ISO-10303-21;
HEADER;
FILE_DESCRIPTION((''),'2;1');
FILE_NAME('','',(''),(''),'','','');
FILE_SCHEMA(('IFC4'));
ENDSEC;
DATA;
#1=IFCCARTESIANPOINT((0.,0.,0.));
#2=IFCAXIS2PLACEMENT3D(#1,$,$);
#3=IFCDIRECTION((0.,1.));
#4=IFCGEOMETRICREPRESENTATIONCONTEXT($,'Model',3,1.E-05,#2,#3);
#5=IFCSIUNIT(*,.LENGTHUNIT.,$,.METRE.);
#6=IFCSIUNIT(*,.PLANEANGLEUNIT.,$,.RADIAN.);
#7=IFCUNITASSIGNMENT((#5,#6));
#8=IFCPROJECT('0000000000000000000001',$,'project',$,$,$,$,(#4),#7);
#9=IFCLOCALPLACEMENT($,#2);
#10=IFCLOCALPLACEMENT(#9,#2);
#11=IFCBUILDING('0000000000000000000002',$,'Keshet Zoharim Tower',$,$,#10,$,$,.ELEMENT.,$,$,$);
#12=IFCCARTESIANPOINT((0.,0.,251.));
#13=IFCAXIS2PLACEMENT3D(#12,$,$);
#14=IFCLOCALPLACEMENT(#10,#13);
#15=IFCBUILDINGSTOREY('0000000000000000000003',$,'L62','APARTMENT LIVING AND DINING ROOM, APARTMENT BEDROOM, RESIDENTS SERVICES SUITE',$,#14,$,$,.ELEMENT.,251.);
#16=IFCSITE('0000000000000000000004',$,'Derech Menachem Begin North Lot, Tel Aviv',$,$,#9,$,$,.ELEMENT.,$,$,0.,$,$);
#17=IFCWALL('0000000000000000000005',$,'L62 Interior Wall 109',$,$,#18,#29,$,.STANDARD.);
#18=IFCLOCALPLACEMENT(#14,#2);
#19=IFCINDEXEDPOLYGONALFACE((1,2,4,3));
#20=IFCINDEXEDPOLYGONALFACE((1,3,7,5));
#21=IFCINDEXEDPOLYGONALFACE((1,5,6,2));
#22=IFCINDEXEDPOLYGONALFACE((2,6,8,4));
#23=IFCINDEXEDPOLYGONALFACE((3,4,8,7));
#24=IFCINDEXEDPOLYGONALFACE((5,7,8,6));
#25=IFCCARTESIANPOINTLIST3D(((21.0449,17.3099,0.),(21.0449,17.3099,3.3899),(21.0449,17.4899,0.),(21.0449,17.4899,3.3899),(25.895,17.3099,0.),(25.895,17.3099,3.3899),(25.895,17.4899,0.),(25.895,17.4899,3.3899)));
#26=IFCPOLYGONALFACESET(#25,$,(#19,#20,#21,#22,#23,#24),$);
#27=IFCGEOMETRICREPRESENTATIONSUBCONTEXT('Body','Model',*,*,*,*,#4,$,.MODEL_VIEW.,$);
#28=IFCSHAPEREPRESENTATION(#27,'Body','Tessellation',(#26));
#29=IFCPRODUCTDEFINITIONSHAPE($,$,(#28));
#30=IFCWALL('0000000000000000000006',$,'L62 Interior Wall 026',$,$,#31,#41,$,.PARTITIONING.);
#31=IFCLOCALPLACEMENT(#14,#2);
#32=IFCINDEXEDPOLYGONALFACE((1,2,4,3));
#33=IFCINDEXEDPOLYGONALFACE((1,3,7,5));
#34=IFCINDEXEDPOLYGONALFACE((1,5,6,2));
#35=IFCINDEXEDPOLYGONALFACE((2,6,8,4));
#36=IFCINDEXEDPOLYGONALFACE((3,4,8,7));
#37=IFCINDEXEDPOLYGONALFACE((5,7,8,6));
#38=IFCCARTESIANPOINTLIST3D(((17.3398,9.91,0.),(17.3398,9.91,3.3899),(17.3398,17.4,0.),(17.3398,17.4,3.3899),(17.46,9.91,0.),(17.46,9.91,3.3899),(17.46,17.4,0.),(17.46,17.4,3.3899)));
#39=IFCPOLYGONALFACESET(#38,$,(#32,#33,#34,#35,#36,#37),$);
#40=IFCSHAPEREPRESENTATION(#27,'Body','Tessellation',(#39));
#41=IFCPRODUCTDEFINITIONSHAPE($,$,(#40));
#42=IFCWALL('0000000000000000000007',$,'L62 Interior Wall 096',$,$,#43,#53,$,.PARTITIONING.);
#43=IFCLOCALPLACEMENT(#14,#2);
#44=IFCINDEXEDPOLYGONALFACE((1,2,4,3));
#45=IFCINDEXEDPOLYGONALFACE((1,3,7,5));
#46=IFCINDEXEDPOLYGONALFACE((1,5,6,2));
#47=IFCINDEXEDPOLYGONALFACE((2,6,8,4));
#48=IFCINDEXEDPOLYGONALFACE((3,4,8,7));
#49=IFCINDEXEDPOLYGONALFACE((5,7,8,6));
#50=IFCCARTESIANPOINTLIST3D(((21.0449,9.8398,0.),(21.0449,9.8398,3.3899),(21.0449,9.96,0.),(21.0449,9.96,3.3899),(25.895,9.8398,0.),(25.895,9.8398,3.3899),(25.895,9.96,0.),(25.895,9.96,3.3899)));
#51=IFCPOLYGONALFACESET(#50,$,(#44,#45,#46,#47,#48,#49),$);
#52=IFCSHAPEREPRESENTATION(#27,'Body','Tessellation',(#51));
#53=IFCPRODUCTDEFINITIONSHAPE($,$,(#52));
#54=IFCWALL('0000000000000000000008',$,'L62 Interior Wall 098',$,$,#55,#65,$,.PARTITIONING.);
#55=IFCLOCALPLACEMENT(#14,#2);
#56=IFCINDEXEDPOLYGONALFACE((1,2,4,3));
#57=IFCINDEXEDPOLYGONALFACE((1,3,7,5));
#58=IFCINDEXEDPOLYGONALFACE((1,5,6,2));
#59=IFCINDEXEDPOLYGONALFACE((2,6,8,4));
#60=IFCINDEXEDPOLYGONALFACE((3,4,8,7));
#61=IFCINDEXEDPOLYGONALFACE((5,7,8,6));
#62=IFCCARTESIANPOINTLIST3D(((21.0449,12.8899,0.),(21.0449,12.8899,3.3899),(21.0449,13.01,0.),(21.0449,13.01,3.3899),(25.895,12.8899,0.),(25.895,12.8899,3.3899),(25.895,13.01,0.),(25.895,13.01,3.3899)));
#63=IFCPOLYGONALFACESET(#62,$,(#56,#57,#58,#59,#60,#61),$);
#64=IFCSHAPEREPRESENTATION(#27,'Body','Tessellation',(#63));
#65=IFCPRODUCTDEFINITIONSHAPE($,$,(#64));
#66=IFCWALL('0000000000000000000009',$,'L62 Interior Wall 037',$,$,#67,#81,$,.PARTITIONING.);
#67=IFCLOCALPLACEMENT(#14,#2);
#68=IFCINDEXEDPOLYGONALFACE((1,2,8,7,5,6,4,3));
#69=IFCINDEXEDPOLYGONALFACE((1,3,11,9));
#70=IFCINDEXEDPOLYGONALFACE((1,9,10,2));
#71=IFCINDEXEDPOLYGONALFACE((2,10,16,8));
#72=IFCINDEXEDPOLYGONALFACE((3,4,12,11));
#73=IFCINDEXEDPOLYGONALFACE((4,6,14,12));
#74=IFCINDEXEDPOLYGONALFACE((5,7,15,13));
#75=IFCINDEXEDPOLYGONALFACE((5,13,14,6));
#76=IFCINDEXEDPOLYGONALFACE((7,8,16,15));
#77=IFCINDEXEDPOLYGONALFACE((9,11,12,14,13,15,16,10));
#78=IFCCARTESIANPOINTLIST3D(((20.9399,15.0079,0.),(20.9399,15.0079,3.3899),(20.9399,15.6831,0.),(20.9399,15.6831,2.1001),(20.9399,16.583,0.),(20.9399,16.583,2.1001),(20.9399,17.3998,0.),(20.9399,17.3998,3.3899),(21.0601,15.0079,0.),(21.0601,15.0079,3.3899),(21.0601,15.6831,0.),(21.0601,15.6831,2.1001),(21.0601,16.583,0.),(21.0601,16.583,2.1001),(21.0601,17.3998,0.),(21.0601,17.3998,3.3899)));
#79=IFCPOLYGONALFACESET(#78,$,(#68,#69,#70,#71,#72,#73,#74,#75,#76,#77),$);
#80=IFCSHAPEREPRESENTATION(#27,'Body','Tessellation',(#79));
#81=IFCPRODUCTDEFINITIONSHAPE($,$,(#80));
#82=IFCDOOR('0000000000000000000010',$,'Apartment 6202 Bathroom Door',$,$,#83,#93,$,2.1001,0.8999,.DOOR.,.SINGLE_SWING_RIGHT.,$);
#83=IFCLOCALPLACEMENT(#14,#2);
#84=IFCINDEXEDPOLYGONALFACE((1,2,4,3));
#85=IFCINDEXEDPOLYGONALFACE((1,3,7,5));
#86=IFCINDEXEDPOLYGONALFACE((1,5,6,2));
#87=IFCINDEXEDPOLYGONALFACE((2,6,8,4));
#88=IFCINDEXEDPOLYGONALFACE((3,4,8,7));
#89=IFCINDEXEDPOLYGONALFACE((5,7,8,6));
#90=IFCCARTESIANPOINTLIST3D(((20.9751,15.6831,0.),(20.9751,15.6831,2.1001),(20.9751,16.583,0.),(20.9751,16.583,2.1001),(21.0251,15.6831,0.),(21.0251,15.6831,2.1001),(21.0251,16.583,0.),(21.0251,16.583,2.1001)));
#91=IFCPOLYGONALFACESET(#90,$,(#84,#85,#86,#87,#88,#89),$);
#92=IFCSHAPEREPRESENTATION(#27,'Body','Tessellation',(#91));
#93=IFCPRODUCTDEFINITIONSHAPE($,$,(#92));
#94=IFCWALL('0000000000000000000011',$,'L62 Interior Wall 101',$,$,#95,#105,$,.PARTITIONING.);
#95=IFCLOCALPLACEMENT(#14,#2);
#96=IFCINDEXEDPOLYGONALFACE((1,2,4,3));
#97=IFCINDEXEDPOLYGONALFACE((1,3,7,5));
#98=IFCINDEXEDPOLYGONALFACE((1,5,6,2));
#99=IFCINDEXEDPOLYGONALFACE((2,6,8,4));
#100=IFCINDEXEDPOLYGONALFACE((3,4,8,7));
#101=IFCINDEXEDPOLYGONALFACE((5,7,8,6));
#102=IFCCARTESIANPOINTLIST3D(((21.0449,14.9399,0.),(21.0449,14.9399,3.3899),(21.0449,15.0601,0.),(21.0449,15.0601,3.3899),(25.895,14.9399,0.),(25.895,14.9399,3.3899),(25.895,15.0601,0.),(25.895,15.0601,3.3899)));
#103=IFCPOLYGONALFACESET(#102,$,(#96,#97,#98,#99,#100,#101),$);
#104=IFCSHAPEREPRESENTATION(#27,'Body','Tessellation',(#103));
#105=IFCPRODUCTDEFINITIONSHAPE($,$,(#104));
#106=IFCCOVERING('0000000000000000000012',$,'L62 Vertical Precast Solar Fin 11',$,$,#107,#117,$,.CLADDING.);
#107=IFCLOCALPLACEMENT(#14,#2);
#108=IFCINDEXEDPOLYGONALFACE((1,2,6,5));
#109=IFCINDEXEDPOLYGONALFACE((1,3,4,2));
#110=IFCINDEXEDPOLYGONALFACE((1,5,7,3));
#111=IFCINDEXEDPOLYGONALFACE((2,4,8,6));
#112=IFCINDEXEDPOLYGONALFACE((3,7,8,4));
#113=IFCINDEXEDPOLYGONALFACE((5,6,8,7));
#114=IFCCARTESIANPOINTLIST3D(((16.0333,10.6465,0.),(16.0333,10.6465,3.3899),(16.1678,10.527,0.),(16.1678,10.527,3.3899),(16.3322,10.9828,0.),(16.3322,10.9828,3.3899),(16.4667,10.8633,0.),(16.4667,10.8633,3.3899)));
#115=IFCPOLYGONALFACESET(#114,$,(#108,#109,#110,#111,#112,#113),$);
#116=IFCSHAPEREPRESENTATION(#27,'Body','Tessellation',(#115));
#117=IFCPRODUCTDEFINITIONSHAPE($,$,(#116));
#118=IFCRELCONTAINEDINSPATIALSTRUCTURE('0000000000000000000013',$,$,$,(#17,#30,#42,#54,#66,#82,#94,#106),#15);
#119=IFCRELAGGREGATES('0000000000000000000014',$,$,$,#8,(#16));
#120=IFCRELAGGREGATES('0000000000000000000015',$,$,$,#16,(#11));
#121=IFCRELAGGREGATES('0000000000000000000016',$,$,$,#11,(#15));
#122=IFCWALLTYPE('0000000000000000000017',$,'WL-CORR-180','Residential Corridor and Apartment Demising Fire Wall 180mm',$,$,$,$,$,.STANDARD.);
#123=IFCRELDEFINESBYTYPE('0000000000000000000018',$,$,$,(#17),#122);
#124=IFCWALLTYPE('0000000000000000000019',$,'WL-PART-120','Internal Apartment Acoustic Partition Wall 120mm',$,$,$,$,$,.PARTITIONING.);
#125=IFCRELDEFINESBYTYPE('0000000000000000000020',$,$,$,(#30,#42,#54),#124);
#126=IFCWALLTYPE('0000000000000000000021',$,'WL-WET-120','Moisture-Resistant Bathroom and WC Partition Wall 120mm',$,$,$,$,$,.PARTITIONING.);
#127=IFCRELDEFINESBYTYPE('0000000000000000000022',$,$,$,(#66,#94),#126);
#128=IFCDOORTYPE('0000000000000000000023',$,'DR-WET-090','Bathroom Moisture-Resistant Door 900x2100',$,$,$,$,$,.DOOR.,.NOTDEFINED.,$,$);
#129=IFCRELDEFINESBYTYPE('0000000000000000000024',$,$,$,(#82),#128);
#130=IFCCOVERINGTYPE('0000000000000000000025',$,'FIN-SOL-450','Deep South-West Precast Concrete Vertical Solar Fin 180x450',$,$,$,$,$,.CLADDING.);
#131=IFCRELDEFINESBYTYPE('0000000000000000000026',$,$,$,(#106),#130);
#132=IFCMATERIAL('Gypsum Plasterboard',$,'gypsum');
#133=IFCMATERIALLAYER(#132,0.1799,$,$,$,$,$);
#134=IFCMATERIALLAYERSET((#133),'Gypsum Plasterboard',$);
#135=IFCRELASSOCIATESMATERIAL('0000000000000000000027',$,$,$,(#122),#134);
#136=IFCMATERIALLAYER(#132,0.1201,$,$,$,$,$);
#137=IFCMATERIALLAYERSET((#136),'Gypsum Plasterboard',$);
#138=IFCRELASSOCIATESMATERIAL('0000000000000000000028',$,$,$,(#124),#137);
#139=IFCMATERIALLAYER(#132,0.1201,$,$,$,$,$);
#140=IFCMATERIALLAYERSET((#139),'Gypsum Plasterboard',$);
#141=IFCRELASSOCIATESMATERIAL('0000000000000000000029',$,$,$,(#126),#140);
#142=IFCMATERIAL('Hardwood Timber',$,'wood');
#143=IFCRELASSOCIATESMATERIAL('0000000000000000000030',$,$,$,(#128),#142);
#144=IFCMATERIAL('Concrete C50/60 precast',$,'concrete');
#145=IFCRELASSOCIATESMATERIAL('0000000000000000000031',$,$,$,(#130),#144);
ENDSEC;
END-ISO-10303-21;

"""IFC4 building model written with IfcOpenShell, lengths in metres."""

from ifc_helpers import new_model, si_unit, direction, frame, frame_2d, origin, origin_2d, place, context, subcontext, project, spatial, rectangle, extrude, material, layer, layer_set, type_object, element, fill, save


model = new_model("IFC4")

# Units and contexts
model_context = context("Model", 3, precision=1e-05, world=origin(), true_north=direction((0.0, 1.0)))
body_context = subcontext(model_context, "Body", "Model", "MODEL_VIEW")
ifc_project = project(units=[si_unit("LENGTHUNIT", "METRE"), si_unit("PLANEANGLEUNIT", "RADIAN")], contexts=[model_context])

# Site, building, storey
site_placement = place(None, origin())
site = spatial("IfcSite", under=ifc_project, at=site_placement, Name="Derech Menachem Begin North Lot, Tel Aviv", CompositionType="ELEMENT", RefElevation=0.0)
building_placement = place(site_placement, origin())
building = spatial("IfcBuilding", under=site, at=building_placement, Name="Keshet Zoharim Tower", CompositionType="ELEMENT")
storey_placement = place(building_placement, frame((0.0, 0.0, 251.0)))
storey = spatial("IfcBuildingStorey", under=building, at=storey_placement, Name="L62", Description="APARTMENT LIVING AND DINING ROOM, APARTMENT BEDROOM, RESIDENTS SERVICES SUITE", CompositionType="ELEMENT", Elevation=251.0)

# Shared definitions
ifc_material_1 = material(Name="Gypsum Plasterboard", Category="gypsum")
ifc_layer_1 = layer(ifc_material_1, 0.1799)
ifc_layer_set_1 = layer_set([ifc_layer_1], Name="Gypsum Plasterboard")
wall_type_1 = type_object("IfcWallType", Name="WL-CORR-180", Description="Residential Corridor and Apartment Demising Fire Wall 180mm", PredefinedType="STANDARD", material=ifc_layer_set_1)
ifc_material_2 = material(Name="Hardwood Timber", Category="wood")

# Walls
wall_1_placement = place(storey_placement, frame((21.0449, 17.3999, 0.0), z_axis=(0.0, 0.0, 1.0), x_axis=(1.0, 0.0, 0.0)))
element("IfcWall", 1, at=wall_1_placement, inside=storey, type_object=wall_type_1, Name="L62 Interior Wall 109", PredefinedType="STANDARD", context=body_context, shape_type="SweptSolid", body=[
    extrude(rectangle(XDim=4.8501, YDim=0.1799, at=frame_2d((2.425, 0.0))), origin(), (0.0, 0.0, 1.0), 3.3899),
])
ifc_layer_2 = layer(ifc_material_1, 0.1201)
ifc_layer_set_2 = layer_set([ifc_layer_2], Name="Gypsum Plasterboard")
wall_type_2 = type_object("IfcWallType", Name="WL-PART-120", Description="Internal Apartment Acoustic Partition Wall 120mm", PredefinedType="PARTITIONING", material=ifc_layer_set_2)
wall_2_placement = place(storey_placement, frame((17.3999, 9.9099, 0.0), z_axis=(0.0, 0.0, 1.0), x_axis=(0.0, 1.0, 0.0)))
element("IfcWall", 2, at=wall_2_placement, inside=storey, type_object=wall_type_2, Name="L62 Interior Wall 026", PredefinedType="PARTITIONING", context=body_context, shape_type="SweptSolid", body=[
    extrude(rectangle(XDim=7.49, YDim=0.1201, at=frame_2d((3.7451, 0.0))), origin(), (0.0, 0.0, 1.0), 3.3899),
])

# Walls
for number, where, z_axis, x_axis, name in (
    (3, (21.0449, 9.8999, 0.0), (0.0, 0.0, 1.0), (1.0, 0.0, 0.0), "L62 Interior Wall 096"),
    (4, (21.0449, 12.95, 0.0), (0.0, 0.0, 1.0), (1.0, 0.0, 0.0), "L62 Interior Wall 098"),
):
    element("IfcWall", number, at=place(storey_placement, frame(where, z_axis=z_axis, x_axis=x_axis)), inside=storey, type_object=wall_type_2, Name=name, PredefinedType="PARTITIONING", context=body_context, shape_type="SweptSolid", body=[
        extrude(rectangle(XDim=4.8501, YDim=0.1201, at=frame_2d((2.425, 0.0))), origin(), (0.0, 0.0, 1.0), 3.3899),
    ])

# Wall, opening, door
ifc_layer_3 = layer(ifc_material_1, 0.1201)
ifc_layer_set_3 = layer_set([ifc_layer_3], Name="Gypsum Plasterboard")
wall_type_3 = type_object("IfcWallType", Name="WL-WET-120", Description="Moisture-Resistant Bathroom and WC Partition Wall 120mm", PredefinedType="PARTITIONING", material=ifc_layer_set_3)
wall_3_placement = place(storey_placement, frame((21.0, 15.0081, 0.0), z_axis=(0.0, 0.0, 1.0), x_axis=(0.0, 1.0, 0.0)))
wall_3 = element("IfcWall", 5, at=wall_3_placement, inside=storey, type_object=wall_type_3, Name="L62 Interior Wall 037", PredefinedType="PARTITIONING", context=body_context, shape_type="SweptSolid", body=[
    extrude(rectangle(XDim=2.3918, YDim=0.1201, at=frame_2d((1.1958, 0.0))), origin(), (0.0, 0.0, 1.0), 3.3899),
])
opening_1_placement = place(wall_3_placement, frame((0.675, 0.0, 0.0)))
opening_1 = element("IfcOpeningElement", 6, at=opening_1_placement, cuts=wall_3, PredefinedType="OPENING", context=body_context, shape_type="SweptSolid", body=[
    extrude(rectangle(XDim=0.8999, YDim=2.1001, at=frame_2d((0.45, 1.05))), frame((0.0, 0.0701, 0.0), z_axis=(0.0, -1.0, 0.0), x_axis=(1.0, 0.0, 0.0)), (0.0, 0.0, 1.0), 0.1401),
])
door_type_1 = type_object("IfcDoorType", Name="DR-WET-090", Description="Bathroom Moisture-Resistant Door 900x2100", OperationType="NOTDEFINED", PredefinedType="DOOR", material=ifc_material_2)
door_1_placement = place(opening_1_placement, origin())
door_1 = element("IfcDoor", 7, at=door_1_placement, inside=storey, type_object=door_type_1, Name="Apartment 6202 Bathroom Door", OperationType="SINGLE_SWING_RIGHT", OverallHeight=2.1001, OverallWidth=0.8999, PredefinedType="DOOR", context=body_context, shape_type="SweptSolid", body=[
    extrude(rectangle(XDim=0.8999, YDim=2.1001, at=frame_2d((0.45, 1.05))), frame((0.0, 0.0249, 0.0), z_axis=(0.0, -1.0, 0.0), x_axis=(1.0, 0.0, 0.0)), (0.0, 0.0, 1.0), 0.05),
])
fill(opening_1, door_1)

# Wall
wall_4_placement = place(storey_placement, frame((21.0449, 15.0, 0.0), z_axis=(0.0, 0.0, 1.0), x_axis=(1.0, 0.0, 0.0)))
element("IfcWall", 8, at=wall_4_placement, inside=storey, type_object=wall_type_3, Name="L62 Interior Wall 101", PredefinedType="PARTITIONING", context=body_context, shape_type="SweptSolid", body=[
    extrude(rectangle(XDim=4.8501, YDim=0.1201, at=frame_2d((2.425, 0.0))), origin(), (0.0, 0.0, 1.0), 3.3899),
])

# Covering
ifc_material_3 = material(Name="Concrete C50/60 precast", Category="concrete")
covering_type = type_object("IfcCoveringType", Name="FIN-SOL-450", Description="Deep South-West Precast Concrete Vertical Solar Fin 180x450", PredefinedType="CLADDING", material=ifc_material_3)
covering_placement = place(storey_placement, frame((16.25, 10.7549, 0.0), z_axis=(0.0, 0.0, 1.0), x_axis=(-0.747412, 0.664361, 0.0)))
element("IfcCovering", 9, at=covering_placement, inside=storey, type_object=covering_type, Name="L62 Vertical Precast Solar Fin 11", PredefinedType="CLADDING", context=body_context, shape_type="SweptSolid", body=[
    extrude(rectangle(XDim=0.1799, YDim=0.45, at=origin_2d()), origin(), (0.0, 0.0, 1.0), 3.3899),
])

save(model, "model.ifc")
